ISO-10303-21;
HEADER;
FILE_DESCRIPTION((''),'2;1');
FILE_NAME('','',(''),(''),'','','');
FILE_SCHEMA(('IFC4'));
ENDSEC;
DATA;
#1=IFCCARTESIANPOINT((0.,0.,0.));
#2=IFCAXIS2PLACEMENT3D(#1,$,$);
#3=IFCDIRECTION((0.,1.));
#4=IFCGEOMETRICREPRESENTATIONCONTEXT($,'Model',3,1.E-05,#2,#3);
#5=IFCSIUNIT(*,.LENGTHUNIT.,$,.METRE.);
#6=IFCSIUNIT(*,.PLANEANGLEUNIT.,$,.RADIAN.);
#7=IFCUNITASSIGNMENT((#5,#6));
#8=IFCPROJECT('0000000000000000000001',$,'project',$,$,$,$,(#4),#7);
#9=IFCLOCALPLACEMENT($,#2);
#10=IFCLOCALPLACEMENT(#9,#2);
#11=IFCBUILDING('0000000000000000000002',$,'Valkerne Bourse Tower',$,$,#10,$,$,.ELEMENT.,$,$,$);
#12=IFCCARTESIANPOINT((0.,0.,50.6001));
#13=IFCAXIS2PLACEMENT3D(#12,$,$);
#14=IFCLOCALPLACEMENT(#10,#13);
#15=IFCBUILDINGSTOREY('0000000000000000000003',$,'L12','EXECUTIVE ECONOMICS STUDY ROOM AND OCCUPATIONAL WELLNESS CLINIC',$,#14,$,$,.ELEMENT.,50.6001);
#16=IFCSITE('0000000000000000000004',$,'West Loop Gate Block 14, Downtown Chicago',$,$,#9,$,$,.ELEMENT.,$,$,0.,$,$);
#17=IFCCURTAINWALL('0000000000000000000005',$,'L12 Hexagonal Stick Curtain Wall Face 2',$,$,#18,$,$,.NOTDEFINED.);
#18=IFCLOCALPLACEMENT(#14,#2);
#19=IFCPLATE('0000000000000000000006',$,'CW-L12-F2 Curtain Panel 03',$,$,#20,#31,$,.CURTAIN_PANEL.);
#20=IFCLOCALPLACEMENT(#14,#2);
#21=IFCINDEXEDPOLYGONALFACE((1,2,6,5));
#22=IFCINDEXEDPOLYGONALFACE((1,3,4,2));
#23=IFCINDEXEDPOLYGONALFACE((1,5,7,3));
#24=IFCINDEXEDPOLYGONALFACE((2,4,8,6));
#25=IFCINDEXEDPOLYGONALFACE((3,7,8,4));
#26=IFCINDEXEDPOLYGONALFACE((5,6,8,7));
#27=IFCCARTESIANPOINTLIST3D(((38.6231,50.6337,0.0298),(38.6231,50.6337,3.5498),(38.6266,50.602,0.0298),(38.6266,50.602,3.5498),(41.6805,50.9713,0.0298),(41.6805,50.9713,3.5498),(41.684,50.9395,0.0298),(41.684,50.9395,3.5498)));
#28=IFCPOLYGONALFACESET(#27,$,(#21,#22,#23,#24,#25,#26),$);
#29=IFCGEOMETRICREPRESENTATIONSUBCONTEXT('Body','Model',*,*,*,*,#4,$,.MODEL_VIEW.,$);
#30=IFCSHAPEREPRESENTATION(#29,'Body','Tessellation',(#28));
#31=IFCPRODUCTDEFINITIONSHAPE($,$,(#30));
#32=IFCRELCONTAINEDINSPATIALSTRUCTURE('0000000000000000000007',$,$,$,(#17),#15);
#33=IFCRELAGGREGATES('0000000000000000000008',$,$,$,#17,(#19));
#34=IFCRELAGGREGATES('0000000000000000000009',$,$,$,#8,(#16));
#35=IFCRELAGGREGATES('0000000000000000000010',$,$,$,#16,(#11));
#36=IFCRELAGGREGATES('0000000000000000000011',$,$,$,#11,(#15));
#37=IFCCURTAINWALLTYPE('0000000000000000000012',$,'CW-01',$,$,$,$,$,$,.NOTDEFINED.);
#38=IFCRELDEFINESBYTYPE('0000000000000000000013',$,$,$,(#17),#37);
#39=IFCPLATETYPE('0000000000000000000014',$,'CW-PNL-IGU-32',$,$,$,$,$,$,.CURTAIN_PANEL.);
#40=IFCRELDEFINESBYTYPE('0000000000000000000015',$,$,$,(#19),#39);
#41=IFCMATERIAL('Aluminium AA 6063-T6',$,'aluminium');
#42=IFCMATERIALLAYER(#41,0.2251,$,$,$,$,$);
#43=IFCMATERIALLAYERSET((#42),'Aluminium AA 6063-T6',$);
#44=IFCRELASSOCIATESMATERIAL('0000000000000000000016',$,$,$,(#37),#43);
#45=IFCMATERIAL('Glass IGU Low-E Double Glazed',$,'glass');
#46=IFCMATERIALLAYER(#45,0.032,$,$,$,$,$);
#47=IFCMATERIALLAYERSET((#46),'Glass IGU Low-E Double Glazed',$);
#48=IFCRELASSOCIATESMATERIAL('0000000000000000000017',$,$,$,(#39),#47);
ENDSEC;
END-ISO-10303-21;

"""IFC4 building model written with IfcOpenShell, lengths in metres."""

from ifc_helpers import new_model, si_unit, direction, frame, origin, origin_2d, place, context, subcontext, project, spatial, rectangle, extrude, material, layer, layer_set, type_object, element, aggregate, save


model = new_model("IFC4")

# Units and contexts
model_context = context("Model", 3, precision=1e-05, world=origin(), true_north=direction((0.0, 1.0)))
body_context = subcontext(model_context, "Body", "Model", "MODEL_VIEW")
ifc_project = project(units=[si_unit("LENGTHUNIT", "METRE"), si_unit("PLANEANGLEUNIT", "RADIAN")], contexts=[model_context])

# Site, building, storey
site_placement = place(None, origin())
site = spatial("IfcSite", under=ifc_project, at=site_placement, Name="West Loop Gate Block 14, Downtown Chicago", CompositionType="ELEMENT", RefElevation=0.0)
building_placement = place(site_placement, origin())
building = spatial("IfcBuilding", under=site, at=building_placement, Name="Valkerne Bourse Tower", CompositionType="ELEMENT")
storey_placement = place(building_placement, frame((0.0, 0.0, 50.6001)))
storey = spatial("IfcBuildingStorey", under=building, at=storey_placement, Name="L12", Description="EXECUTIVE ECONOMICS STUDY ROOM AND OCCUPATIONAL WELLNESS CLINIC", CompositionType="ELEMENT", Elevation=50.6001)

# Curtain wall
ifc_material_1 = material(Name="Aluminium AA 6063-T6", Category="aluminium")
ifc_layer_1 = layer(ifc_material_1, 0.2251)
ifc_layer_set_1 = layer_set([ifc_layer_1], Name="Aluminium AA 6063-T6")
curtain_wall_type = type_object("IfcCurtainWallType", Name="CW-01", PredefinedType="NOTDEFINED", material=ifc_layer_set_1)
curtain_wall_placement = place(storey_placement, origin())
curtain_wall = element("IfcCurtainWall", 1, at=curtain_wall_placement, inside=storey, type_object=curtain_wall_type, Name="L12 Hexagonal Stick Curtain Wall Face 2", PredefinedType="NOTDEFINED")

# Plate
ifc_material_2 = material(Name="Glass IGU Low-E Double Glazed", Category="glass")
ifc_layer_2 = layer(ifc_material_2, 0.032)
ifc_layer_set_2 = layer_set([ifc_layer_2], Name="Glass IGU Low-E Double Glazed")
plate_type = type_object("IfcPlateType", Name="CW-PNL-IGU-32", PredefinedType="CURTAIN_PANEL", material=ifc_layer_set_2)
plate_1_placement = place(storey_placement, frame((40.1536, 50.7866, 0.0298), z_axis=(0.0, 0.0, 1.0), x_axis=(-0.993961, -0.109734, 0.0)))
plate_1 = element("IfcPlate", 2, at=plate_1_placement, type_object=plate_type, Name="CW-L12-F2 Curtain Panel 03", PredefinedType="CURTAIN_PANEL", context=body_context, shape_type="SweptSolid", body=[
    extrude(rectangle(XDim=3.0759, YDim=0.032, at=origin_2d()), origin(), (0.0, 0.0, 1.0), 3.52),
])
aggregate(curtain_wall, [plate_1])

save(model, "model.ifc")
